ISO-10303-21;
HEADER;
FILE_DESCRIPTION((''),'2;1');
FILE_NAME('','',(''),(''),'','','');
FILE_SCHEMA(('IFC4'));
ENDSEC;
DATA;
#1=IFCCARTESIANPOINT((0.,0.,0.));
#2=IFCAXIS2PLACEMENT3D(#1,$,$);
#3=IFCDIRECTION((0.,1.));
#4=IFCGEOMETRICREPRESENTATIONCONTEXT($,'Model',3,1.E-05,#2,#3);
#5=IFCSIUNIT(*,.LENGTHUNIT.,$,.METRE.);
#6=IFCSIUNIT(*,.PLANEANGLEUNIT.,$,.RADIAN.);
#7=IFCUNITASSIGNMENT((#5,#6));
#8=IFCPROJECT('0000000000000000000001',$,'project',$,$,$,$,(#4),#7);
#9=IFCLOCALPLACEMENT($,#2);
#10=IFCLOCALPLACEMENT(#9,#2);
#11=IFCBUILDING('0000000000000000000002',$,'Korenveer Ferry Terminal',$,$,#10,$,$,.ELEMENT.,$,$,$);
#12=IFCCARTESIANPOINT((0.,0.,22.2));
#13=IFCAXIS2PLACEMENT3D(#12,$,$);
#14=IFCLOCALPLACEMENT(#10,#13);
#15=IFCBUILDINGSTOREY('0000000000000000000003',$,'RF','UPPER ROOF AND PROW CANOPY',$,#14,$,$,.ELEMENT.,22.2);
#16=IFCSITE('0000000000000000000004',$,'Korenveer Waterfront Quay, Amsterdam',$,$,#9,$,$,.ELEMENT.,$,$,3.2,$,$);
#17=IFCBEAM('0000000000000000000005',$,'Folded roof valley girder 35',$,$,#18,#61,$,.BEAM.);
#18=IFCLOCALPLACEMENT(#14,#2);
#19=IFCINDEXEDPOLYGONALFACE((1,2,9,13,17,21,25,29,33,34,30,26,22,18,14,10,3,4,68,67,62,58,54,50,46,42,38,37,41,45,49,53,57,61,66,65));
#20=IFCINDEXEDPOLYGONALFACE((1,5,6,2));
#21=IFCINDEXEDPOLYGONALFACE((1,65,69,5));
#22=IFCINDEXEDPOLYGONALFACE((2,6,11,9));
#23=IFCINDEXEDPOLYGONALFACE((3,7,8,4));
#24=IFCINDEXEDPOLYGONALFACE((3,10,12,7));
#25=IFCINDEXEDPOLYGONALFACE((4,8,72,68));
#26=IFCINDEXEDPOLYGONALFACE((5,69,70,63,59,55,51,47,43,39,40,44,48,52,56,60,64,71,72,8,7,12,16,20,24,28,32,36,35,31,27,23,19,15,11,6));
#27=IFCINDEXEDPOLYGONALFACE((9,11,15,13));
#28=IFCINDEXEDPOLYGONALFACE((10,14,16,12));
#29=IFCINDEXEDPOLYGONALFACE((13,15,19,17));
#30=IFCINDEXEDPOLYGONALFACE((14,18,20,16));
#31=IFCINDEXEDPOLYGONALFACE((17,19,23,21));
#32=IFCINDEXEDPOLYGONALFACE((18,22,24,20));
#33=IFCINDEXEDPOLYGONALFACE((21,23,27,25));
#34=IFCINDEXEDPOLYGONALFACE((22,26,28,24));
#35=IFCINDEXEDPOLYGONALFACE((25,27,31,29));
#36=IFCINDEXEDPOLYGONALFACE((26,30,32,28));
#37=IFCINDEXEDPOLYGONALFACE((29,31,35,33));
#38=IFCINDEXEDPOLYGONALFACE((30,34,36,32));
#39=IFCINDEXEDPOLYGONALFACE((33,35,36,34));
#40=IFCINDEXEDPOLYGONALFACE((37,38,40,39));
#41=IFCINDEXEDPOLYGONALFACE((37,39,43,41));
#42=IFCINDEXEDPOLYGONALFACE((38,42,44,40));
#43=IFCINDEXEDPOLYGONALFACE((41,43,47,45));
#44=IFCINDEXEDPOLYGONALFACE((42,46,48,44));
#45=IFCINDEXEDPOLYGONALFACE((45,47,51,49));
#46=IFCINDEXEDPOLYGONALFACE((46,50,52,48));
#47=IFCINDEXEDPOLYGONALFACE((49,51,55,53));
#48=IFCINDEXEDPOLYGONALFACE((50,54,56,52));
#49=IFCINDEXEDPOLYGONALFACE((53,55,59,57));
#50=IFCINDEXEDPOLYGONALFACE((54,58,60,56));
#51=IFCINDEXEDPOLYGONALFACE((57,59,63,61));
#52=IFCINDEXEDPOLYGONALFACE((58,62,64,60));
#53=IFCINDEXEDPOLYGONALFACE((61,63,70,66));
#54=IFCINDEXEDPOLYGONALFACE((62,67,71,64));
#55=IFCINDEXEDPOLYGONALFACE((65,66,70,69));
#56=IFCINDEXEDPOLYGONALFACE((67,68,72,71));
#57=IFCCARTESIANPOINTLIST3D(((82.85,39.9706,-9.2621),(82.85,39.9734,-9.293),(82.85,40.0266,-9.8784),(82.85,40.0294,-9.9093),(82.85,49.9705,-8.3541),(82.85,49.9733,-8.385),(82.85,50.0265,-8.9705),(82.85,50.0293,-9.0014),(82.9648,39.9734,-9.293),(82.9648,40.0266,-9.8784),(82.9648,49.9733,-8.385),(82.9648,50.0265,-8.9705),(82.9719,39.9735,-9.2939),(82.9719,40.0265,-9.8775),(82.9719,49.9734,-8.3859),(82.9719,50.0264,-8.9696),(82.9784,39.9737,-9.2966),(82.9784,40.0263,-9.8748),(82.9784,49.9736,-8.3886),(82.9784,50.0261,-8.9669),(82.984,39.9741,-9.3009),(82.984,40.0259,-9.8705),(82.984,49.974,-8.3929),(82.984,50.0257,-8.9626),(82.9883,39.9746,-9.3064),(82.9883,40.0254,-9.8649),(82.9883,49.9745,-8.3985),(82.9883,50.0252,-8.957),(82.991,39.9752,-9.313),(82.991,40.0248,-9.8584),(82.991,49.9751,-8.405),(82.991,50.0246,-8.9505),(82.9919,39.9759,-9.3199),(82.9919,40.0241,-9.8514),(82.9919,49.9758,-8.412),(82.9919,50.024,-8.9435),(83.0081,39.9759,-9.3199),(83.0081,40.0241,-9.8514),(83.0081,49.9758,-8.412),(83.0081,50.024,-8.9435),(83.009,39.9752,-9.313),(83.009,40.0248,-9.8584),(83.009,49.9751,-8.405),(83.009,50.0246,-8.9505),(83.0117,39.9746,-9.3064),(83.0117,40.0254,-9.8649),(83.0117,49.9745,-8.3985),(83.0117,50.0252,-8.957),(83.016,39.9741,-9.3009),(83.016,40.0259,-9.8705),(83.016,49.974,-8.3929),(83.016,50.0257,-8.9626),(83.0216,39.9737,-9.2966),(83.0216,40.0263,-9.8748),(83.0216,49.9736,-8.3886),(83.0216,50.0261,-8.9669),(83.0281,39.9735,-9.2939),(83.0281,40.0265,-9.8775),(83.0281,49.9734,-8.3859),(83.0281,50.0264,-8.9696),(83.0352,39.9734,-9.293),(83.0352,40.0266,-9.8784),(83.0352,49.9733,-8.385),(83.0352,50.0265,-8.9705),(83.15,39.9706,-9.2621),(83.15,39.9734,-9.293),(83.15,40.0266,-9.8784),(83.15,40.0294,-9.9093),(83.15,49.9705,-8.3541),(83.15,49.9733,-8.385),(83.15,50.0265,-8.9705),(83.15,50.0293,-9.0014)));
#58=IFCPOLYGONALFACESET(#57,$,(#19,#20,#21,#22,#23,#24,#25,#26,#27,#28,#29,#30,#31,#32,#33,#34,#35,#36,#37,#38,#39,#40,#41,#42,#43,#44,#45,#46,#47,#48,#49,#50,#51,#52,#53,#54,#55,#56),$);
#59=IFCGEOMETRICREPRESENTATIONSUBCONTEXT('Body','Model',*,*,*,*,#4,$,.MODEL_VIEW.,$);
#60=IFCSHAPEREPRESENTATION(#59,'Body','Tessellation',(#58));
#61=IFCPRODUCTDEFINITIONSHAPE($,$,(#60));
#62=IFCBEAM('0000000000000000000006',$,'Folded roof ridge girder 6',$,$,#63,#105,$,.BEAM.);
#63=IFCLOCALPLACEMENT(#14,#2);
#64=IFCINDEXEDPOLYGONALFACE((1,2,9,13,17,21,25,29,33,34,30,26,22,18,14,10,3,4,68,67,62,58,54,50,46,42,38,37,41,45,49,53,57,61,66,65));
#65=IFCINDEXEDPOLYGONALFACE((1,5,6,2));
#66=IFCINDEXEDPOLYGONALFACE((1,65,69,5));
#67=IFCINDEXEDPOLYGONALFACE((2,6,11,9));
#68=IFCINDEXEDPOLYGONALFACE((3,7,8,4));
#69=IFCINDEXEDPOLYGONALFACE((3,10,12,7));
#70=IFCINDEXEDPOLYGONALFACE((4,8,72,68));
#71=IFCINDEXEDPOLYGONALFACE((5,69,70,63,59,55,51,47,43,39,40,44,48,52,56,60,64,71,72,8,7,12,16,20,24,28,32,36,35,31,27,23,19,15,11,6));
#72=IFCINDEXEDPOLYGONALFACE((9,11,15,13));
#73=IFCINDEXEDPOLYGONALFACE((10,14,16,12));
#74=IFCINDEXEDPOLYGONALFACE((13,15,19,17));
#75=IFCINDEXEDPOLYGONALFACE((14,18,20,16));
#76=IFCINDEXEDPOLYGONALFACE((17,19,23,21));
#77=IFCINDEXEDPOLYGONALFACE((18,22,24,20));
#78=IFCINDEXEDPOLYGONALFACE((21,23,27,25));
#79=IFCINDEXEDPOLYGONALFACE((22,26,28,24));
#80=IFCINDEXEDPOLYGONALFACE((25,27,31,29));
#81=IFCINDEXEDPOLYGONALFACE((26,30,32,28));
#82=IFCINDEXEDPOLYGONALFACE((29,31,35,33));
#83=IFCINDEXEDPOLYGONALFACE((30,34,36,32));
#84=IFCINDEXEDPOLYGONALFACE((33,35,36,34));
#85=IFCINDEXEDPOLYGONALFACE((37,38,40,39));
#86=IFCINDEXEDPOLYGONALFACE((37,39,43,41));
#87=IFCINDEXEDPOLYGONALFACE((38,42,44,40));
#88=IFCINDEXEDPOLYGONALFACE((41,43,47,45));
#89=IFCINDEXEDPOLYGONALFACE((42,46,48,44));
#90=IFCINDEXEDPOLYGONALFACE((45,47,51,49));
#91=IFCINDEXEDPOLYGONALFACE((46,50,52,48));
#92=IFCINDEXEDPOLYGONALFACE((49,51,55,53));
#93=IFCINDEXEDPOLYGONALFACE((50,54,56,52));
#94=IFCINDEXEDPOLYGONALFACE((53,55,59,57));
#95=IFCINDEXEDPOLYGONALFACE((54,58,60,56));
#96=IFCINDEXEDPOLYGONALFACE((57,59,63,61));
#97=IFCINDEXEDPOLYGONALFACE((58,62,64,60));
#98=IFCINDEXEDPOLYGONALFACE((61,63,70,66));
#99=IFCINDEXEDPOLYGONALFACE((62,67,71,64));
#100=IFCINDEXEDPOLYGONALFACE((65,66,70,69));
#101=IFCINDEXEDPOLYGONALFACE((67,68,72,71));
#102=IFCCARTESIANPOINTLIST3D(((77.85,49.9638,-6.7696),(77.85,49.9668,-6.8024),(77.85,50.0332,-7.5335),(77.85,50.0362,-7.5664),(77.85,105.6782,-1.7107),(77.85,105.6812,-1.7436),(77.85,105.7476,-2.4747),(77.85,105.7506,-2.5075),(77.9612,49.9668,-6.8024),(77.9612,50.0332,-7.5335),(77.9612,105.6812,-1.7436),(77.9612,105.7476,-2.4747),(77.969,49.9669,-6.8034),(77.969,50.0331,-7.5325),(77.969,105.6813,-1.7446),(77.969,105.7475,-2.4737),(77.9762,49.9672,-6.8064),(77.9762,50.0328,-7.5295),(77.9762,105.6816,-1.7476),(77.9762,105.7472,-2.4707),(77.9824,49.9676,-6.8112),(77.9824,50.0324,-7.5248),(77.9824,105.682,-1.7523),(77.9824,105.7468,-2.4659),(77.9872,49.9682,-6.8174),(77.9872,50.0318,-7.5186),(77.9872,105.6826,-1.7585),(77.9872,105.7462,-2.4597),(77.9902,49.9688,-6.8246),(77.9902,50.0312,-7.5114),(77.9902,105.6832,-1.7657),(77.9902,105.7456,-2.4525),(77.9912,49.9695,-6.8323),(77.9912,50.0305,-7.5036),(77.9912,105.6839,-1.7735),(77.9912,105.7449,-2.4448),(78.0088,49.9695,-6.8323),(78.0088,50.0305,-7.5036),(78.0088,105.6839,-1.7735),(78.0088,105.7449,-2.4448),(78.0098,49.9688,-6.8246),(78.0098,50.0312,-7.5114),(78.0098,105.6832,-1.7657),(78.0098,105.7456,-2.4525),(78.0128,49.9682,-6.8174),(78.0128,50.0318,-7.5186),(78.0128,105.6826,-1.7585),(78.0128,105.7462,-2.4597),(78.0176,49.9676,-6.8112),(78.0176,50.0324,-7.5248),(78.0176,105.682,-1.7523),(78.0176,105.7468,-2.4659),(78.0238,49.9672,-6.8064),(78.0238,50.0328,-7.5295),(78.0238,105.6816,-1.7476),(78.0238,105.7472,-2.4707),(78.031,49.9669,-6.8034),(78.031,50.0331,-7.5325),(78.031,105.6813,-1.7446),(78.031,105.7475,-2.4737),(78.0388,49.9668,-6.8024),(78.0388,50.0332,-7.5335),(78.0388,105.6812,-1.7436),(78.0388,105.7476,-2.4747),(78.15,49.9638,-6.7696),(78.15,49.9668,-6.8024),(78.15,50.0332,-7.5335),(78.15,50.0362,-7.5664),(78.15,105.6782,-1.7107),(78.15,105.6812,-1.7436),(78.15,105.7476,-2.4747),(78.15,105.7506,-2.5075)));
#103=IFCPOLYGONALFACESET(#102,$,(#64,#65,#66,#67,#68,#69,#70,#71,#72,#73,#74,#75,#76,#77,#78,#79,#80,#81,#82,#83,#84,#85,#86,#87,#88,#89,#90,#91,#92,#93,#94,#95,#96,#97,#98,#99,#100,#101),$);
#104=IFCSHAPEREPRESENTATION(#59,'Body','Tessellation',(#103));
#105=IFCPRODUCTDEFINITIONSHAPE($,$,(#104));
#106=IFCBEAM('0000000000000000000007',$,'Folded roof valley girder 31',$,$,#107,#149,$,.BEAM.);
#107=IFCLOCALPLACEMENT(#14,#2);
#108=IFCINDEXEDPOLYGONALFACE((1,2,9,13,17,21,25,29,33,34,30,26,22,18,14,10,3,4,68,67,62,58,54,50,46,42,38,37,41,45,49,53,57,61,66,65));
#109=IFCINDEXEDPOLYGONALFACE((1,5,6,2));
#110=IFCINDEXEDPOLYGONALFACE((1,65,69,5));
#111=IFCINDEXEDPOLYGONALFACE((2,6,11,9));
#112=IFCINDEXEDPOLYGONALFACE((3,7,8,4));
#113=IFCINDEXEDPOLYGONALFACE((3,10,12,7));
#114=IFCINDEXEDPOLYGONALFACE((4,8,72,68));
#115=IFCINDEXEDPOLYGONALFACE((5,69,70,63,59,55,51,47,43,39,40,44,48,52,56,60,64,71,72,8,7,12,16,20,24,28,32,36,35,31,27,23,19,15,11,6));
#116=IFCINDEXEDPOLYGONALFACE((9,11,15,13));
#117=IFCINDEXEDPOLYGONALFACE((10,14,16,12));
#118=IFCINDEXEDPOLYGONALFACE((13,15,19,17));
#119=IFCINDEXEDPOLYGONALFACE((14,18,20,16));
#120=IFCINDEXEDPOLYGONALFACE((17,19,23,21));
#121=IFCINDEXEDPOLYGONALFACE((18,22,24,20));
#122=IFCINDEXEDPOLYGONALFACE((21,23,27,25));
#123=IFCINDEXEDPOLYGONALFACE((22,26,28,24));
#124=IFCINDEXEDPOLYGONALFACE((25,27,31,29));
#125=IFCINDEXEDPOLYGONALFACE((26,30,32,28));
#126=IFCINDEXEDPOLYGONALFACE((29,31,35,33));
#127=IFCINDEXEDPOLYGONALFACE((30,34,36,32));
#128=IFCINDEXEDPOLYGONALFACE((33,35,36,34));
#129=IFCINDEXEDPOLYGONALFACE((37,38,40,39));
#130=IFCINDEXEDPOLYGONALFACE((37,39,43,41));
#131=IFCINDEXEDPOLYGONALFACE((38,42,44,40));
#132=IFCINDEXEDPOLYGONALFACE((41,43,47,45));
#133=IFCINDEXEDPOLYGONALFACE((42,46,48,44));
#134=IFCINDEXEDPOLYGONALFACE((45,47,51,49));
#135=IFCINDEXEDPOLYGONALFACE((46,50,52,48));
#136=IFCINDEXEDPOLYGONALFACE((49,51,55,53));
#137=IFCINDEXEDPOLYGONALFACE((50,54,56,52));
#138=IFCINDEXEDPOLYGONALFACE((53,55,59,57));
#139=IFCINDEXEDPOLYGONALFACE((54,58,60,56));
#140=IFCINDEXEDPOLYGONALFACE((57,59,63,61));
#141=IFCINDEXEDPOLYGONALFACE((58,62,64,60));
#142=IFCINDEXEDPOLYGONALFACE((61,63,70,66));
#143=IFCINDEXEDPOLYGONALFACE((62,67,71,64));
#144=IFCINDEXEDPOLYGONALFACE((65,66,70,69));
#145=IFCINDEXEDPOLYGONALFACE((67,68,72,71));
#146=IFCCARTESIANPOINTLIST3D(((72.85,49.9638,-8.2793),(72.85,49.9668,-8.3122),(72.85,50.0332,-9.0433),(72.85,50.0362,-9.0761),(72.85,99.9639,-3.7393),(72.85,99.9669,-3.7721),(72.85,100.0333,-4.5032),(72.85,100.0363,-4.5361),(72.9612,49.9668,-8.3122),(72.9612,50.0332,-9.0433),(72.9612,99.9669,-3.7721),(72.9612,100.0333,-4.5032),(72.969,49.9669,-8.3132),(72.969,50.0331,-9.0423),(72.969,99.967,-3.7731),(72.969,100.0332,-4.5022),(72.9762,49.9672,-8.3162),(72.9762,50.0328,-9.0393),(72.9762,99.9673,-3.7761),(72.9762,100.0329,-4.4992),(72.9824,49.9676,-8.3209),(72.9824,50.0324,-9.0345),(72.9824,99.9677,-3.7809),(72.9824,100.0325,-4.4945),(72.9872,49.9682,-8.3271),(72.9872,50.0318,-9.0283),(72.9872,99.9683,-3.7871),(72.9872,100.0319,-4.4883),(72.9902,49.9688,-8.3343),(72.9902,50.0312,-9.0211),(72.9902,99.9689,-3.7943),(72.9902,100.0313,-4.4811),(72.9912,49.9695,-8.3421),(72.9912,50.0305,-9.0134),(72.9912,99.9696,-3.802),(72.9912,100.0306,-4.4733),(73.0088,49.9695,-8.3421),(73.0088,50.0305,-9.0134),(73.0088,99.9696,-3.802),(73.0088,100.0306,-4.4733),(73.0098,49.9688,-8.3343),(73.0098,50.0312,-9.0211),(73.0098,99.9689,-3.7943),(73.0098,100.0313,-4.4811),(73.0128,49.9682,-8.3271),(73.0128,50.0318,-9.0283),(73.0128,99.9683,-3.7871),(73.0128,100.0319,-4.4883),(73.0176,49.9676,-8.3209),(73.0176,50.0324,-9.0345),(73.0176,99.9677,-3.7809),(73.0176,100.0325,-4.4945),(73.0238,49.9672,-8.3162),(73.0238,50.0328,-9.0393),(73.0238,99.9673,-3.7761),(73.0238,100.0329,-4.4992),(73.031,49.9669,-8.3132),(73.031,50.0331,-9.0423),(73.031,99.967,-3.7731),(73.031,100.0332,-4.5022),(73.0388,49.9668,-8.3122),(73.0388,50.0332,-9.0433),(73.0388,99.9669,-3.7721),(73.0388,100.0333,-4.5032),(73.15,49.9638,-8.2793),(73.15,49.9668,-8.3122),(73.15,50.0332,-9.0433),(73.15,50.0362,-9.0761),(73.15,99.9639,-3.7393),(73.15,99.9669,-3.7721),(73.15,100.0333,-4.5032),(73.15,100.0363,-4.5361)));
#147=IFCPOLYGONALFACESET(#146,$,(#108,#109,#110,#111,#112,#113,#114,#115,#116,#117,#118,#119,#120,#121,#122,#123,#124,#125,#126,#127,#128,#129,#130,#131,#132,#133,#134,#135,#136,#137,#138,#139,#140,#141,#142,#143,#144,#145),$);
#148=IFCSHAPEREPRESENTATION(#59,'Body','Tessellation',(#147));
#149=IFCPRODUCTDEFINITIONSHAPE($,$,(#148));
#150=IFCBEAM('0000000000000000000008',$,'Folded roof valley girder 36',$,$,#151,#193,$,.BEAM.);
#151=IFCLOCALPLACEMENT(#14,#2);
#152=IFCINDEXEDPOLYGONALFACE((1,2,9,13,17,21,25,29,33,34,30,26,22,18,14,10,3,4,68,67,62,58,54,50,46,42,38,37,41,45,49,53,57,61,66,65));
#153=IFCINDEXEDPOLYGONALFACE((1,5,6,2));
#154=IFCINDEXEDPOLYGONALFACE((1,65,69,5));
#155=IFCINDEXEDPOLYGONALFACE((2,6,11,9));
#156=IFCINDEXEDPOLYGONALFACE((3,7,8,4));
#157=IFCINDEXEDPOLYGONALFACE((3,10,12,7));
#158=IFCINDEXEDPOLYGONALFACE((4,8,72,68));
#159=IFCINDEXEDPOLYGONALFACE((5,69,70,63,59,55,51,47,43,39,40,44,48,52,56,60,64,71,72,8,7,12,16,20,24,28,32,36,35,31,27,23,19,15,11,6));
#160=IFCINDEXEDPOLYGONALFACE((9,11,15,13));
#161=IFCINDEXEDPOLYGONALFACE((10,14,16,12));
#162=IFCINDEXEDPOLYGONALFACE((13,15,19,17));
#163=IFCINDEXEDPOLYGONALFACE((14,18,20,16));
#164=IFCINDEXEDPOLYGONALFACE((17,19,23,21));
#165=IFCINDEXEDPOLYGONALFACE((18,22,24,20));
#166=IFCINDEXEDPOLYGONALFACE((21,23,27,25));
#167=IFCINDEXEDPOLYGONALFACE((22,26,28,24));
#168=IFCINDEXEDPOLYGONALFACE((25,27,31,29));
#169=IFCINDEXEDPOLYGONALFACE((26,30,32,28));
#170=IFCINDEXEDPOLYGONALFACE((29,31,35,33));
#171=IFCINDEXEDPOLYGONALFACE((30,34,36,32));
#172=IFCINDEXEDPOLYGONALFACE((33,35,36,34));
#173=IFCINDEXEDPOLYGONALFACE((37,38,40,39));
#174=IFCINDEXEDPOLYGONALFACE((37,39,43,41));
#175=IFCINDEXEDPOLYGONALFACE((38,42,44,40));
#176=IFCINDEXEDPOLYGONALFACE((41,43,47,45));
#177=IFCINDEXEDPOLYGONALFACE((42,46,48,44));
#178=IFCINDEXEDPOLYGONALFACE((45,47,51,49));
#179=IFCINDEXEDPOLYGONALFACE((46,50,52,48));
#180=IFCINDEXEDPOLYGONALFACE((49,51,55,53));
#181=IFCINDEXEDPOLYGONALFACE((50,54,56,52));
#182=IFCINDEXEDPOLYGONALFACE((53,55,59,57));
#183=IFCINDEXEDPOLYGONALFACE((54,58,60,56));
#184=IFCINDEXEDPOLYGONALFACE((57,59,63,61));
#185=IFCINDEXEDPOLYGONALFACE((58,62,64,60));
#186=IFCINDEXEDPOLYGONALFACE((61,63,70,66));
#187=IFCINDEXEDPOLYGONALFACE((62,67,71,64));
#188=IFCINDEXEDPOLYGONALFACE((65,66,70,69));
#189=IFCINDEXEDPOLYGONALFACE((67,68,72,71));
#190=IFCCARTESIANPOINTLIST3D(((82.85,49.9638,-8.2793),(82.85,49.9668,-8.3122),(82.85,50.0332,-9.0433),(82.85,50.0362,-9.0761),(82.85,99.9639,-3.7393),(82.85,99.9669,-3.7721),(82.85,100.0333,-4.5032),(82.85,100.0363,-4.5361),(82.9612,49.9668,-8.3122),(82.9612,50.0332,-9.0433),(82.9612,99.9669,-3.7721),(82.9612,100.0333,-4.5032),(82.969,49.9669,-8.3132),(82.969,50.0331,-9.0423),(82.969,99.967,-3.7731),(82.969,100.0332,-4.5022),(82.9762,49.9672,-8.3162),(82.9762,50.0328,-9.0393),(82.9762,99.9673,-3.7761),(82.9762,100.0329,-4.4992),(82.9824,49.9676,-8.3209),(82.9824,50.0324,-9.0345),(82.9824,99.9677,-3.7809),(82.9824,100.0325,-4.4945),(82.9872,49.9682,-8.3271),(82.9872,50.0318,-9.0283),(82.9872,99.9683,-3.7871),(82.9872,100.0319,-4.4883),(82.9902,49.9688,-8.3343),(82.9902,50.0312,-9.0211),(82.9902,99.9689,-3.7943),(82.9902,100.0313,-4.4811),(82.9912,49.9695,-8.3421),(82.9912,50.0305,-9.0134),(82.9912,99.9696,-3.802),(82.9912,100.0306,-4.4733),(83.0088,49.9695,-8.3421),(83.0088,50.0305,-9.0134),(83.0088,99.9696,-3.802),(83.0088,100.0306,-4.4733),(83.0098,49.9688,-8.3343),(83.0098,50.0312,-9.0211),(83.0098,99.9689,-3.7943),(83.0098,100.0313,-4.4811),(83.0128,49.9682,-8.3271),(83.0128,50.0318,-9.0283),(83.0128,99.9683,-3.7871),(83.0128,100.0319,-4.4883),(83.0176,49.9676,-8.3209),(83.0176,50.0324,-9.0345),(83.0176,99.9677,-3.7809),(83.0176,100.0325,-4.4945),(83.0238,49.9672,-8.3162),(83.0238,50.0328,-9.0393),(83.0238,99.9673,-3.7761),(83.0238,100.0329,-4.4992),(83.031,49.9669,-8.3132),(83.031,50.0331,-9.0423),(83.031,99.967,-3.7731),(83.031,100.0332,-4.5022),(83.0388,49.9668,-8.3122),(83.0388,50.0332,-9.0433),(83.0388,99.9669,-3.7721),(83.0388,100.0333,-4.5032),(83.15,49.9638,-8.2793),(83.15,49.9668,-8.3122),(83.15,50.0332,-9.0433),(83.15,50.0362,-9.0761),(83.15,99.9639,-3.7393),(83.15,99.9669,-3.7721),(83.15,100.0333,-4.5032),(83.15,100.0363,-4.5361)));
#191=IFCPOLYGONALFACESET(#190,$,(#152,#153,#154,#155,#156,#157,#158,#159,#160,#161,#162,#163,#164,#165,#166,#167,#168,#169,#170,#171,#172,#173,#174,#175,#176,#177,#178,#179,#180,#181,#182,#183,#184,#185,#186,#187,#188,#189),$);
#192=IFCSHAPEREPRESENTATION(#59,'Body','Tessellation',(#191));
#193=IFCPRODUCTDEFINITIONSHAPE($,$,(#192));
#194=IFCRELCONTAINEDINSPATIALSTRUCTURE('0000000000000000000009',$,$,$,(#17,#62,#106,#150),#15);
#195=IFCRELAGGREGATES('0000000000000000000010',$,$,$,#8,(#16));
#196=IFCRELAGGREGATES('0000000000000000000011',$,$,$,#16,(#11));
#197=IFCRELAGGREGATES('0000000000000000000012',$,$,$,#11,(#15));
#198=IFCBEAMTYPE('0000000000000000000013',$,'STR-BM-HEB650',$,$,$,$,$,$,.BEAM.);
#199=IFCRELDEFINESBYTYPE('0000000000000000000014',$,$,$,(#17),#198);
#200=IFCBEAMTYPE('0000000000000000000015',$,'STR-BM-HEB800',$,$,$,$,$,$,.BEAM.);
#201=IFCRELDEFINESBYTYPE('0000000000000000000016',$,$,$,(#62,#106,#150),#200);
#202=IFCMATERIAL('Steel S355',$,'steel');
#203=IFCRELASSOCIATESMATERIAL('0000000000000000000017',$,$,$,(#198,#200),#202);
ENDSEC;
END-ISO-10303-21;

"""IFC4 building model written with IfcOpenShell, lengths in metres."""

from ifc_helpers import new_model, si_unit, direction, frame, origin, origin_2d, place, context, subcontext, project, spatial, i_section, extrude, material, material_profile, profile_set, type_object, element, save


model = new_model("IFC4")

# Units and contexts
model_context = context("Model", 3, precision=1e-05, world=origin(), true_north=direction((0.0, 1.0)))
body_context = subcontext(model_context, "Body", "Model", "MODEL_VIEW")
ifc_project = project(units=[si_unit("LENGTHUNIT", "METRE"), si_unit("PLANEANGLEUNIT", "RADIAN")], contexts=[model_context])

# Site, building, storey
site_placement = place(None, origin())
site = spatial("IfcSite", under=ifc_project, at=site_placement, Name="Korenveer Waterfront Quay, Amsterdam", CompositionType="ELEMENT", RefElevation=3.2)
building_placement = place(site_placement, origin())
building = spatial("IfcBuilding", under=site, at=building_placement, Name="Korenveer Ferry Terminal", CompositionType="ELEMENT")
storey_placement = place(building_placement, frame((0.0, 0.0, 22.2)))
storey = spatial("IfcBuildingStorey", under=building, at=storey_placement, Name="RF", Description="UPPER ROOF AND PROW CANOPY", CompositionType="ELEMENT", Elevation=22.2)

# Beams
ifc_material_1 = material(Name="Steel S355", Category="steel")
ifc_material_profile_1 = material_profile(ifc_material_1, i_section(OverallWidth=0.3, OverallDepth=0.6499, WebThickness=0.0161, FlangeThickness=0.031, FilletRadius=0.0271, at=origin_2d()), Name="HEB 650")
ifc_profile_set_1 = profile_set([ifc_material_profile_1], Name="Steel S355")
beam_type_1 = type_object("IfcBeamType", Name="STR-BM-HEB650", PredefinedType="BEAM", material=ifc_profile_set_1)
beam_1_placement = place(storey_placement, frame((83.0, 40.0, -9.5857), z_axis=(0.0, 0.995903, 0.090424), x_axis=(-1.0, 0.0, 0.0)))
element("IfcBeam", 1, at=beam_1_placement, inside=storey, type_object=beam_type_1, Name="Folded roof valley girder 35", PredefinedType="BEAM", context=body_context, shape_type="SweptSolid", body=[
    extrude(i_section(OverallWidth=0.3, OverallDepth=0.6499, WebThickness=0.0161, FlangeThickness=0.031, FilletRadius=0.0271, at=origin_2d()), origin(), (0.0, 0.0, 1.0), 10.041),
])
ifc_material_profile_2 = material_profile(ifc_material_1, i_section(OverallWidth=0.3, OverallDepth=0.8, WebThickness=0.0176, FlangeThickness=0.033, FilletRadius=0.03, at=origin_2d()), Name="HEB 800")
ifc_profile_set_2 = profile_set([ifc_material_profile_2], Name="Steel S355")
beam_type_2 = type_object("IfcBeamType", Name="STR-BM-HEB800", PredefinedType="BEAM", material=ifc_profile_set_2)
beam_2_placement = place(storey_placement, frame((78.0, 50.0, -7.168), z_axis=(0.0, 0.995903, 0.090428), x_axis=(-1.0, 0.0, 0.0)))
element("IfcBeam", 2, at=beam_2_placement, inside=storey, type_object=beam_type_2, Name="Folded roof ridge girder 6", PredefinedType="BEAM", context=body_context, shape_type="SweptSolid", body=[
    extrude(i_section(OverallWidth=0.3, OverallDepth=0.8, WebThickness=0.0176, FlangeThickness=0.033, FilletRadius=0.03, at=origin_2d()), origin(), (0.0, 0.0, 1.0), 55.9436),
])
for number, where, z_axis, x_axis, name in (
    (3, (73.0, 50.0, -8.6777), (0.0, 0.995903, 0.090429), (-1.0, 0.0, 0.0), "Folded roof valley girder 31"),
    (4, (83.0, 50.0, -8.6777), (0.0, 0.995903, 0.090429), (-1.0, 0.0, 0.0), "Folded roof valley girder 36"),
):
    element("IfcBeam", number, at=place(storey_placement, frame(where, z_axis=z_axis, x_axis=x_axis)), inside=storey, type_object=beam_type_2, Name=name, PredefinedType="BEAM", context=body_context, shape_type="SweptSolid", body=[
        extrude(i_section(OverallWidth=0.3, OverallDepth=0.8, WebThickness=0.0176, FlangeThickness=0.033, FilletRadius=0.03, at=origin_2d()), origin(), (0.0, 0.0, 1.0), 50.2058),
    ])

save(model, "model.ifc")
